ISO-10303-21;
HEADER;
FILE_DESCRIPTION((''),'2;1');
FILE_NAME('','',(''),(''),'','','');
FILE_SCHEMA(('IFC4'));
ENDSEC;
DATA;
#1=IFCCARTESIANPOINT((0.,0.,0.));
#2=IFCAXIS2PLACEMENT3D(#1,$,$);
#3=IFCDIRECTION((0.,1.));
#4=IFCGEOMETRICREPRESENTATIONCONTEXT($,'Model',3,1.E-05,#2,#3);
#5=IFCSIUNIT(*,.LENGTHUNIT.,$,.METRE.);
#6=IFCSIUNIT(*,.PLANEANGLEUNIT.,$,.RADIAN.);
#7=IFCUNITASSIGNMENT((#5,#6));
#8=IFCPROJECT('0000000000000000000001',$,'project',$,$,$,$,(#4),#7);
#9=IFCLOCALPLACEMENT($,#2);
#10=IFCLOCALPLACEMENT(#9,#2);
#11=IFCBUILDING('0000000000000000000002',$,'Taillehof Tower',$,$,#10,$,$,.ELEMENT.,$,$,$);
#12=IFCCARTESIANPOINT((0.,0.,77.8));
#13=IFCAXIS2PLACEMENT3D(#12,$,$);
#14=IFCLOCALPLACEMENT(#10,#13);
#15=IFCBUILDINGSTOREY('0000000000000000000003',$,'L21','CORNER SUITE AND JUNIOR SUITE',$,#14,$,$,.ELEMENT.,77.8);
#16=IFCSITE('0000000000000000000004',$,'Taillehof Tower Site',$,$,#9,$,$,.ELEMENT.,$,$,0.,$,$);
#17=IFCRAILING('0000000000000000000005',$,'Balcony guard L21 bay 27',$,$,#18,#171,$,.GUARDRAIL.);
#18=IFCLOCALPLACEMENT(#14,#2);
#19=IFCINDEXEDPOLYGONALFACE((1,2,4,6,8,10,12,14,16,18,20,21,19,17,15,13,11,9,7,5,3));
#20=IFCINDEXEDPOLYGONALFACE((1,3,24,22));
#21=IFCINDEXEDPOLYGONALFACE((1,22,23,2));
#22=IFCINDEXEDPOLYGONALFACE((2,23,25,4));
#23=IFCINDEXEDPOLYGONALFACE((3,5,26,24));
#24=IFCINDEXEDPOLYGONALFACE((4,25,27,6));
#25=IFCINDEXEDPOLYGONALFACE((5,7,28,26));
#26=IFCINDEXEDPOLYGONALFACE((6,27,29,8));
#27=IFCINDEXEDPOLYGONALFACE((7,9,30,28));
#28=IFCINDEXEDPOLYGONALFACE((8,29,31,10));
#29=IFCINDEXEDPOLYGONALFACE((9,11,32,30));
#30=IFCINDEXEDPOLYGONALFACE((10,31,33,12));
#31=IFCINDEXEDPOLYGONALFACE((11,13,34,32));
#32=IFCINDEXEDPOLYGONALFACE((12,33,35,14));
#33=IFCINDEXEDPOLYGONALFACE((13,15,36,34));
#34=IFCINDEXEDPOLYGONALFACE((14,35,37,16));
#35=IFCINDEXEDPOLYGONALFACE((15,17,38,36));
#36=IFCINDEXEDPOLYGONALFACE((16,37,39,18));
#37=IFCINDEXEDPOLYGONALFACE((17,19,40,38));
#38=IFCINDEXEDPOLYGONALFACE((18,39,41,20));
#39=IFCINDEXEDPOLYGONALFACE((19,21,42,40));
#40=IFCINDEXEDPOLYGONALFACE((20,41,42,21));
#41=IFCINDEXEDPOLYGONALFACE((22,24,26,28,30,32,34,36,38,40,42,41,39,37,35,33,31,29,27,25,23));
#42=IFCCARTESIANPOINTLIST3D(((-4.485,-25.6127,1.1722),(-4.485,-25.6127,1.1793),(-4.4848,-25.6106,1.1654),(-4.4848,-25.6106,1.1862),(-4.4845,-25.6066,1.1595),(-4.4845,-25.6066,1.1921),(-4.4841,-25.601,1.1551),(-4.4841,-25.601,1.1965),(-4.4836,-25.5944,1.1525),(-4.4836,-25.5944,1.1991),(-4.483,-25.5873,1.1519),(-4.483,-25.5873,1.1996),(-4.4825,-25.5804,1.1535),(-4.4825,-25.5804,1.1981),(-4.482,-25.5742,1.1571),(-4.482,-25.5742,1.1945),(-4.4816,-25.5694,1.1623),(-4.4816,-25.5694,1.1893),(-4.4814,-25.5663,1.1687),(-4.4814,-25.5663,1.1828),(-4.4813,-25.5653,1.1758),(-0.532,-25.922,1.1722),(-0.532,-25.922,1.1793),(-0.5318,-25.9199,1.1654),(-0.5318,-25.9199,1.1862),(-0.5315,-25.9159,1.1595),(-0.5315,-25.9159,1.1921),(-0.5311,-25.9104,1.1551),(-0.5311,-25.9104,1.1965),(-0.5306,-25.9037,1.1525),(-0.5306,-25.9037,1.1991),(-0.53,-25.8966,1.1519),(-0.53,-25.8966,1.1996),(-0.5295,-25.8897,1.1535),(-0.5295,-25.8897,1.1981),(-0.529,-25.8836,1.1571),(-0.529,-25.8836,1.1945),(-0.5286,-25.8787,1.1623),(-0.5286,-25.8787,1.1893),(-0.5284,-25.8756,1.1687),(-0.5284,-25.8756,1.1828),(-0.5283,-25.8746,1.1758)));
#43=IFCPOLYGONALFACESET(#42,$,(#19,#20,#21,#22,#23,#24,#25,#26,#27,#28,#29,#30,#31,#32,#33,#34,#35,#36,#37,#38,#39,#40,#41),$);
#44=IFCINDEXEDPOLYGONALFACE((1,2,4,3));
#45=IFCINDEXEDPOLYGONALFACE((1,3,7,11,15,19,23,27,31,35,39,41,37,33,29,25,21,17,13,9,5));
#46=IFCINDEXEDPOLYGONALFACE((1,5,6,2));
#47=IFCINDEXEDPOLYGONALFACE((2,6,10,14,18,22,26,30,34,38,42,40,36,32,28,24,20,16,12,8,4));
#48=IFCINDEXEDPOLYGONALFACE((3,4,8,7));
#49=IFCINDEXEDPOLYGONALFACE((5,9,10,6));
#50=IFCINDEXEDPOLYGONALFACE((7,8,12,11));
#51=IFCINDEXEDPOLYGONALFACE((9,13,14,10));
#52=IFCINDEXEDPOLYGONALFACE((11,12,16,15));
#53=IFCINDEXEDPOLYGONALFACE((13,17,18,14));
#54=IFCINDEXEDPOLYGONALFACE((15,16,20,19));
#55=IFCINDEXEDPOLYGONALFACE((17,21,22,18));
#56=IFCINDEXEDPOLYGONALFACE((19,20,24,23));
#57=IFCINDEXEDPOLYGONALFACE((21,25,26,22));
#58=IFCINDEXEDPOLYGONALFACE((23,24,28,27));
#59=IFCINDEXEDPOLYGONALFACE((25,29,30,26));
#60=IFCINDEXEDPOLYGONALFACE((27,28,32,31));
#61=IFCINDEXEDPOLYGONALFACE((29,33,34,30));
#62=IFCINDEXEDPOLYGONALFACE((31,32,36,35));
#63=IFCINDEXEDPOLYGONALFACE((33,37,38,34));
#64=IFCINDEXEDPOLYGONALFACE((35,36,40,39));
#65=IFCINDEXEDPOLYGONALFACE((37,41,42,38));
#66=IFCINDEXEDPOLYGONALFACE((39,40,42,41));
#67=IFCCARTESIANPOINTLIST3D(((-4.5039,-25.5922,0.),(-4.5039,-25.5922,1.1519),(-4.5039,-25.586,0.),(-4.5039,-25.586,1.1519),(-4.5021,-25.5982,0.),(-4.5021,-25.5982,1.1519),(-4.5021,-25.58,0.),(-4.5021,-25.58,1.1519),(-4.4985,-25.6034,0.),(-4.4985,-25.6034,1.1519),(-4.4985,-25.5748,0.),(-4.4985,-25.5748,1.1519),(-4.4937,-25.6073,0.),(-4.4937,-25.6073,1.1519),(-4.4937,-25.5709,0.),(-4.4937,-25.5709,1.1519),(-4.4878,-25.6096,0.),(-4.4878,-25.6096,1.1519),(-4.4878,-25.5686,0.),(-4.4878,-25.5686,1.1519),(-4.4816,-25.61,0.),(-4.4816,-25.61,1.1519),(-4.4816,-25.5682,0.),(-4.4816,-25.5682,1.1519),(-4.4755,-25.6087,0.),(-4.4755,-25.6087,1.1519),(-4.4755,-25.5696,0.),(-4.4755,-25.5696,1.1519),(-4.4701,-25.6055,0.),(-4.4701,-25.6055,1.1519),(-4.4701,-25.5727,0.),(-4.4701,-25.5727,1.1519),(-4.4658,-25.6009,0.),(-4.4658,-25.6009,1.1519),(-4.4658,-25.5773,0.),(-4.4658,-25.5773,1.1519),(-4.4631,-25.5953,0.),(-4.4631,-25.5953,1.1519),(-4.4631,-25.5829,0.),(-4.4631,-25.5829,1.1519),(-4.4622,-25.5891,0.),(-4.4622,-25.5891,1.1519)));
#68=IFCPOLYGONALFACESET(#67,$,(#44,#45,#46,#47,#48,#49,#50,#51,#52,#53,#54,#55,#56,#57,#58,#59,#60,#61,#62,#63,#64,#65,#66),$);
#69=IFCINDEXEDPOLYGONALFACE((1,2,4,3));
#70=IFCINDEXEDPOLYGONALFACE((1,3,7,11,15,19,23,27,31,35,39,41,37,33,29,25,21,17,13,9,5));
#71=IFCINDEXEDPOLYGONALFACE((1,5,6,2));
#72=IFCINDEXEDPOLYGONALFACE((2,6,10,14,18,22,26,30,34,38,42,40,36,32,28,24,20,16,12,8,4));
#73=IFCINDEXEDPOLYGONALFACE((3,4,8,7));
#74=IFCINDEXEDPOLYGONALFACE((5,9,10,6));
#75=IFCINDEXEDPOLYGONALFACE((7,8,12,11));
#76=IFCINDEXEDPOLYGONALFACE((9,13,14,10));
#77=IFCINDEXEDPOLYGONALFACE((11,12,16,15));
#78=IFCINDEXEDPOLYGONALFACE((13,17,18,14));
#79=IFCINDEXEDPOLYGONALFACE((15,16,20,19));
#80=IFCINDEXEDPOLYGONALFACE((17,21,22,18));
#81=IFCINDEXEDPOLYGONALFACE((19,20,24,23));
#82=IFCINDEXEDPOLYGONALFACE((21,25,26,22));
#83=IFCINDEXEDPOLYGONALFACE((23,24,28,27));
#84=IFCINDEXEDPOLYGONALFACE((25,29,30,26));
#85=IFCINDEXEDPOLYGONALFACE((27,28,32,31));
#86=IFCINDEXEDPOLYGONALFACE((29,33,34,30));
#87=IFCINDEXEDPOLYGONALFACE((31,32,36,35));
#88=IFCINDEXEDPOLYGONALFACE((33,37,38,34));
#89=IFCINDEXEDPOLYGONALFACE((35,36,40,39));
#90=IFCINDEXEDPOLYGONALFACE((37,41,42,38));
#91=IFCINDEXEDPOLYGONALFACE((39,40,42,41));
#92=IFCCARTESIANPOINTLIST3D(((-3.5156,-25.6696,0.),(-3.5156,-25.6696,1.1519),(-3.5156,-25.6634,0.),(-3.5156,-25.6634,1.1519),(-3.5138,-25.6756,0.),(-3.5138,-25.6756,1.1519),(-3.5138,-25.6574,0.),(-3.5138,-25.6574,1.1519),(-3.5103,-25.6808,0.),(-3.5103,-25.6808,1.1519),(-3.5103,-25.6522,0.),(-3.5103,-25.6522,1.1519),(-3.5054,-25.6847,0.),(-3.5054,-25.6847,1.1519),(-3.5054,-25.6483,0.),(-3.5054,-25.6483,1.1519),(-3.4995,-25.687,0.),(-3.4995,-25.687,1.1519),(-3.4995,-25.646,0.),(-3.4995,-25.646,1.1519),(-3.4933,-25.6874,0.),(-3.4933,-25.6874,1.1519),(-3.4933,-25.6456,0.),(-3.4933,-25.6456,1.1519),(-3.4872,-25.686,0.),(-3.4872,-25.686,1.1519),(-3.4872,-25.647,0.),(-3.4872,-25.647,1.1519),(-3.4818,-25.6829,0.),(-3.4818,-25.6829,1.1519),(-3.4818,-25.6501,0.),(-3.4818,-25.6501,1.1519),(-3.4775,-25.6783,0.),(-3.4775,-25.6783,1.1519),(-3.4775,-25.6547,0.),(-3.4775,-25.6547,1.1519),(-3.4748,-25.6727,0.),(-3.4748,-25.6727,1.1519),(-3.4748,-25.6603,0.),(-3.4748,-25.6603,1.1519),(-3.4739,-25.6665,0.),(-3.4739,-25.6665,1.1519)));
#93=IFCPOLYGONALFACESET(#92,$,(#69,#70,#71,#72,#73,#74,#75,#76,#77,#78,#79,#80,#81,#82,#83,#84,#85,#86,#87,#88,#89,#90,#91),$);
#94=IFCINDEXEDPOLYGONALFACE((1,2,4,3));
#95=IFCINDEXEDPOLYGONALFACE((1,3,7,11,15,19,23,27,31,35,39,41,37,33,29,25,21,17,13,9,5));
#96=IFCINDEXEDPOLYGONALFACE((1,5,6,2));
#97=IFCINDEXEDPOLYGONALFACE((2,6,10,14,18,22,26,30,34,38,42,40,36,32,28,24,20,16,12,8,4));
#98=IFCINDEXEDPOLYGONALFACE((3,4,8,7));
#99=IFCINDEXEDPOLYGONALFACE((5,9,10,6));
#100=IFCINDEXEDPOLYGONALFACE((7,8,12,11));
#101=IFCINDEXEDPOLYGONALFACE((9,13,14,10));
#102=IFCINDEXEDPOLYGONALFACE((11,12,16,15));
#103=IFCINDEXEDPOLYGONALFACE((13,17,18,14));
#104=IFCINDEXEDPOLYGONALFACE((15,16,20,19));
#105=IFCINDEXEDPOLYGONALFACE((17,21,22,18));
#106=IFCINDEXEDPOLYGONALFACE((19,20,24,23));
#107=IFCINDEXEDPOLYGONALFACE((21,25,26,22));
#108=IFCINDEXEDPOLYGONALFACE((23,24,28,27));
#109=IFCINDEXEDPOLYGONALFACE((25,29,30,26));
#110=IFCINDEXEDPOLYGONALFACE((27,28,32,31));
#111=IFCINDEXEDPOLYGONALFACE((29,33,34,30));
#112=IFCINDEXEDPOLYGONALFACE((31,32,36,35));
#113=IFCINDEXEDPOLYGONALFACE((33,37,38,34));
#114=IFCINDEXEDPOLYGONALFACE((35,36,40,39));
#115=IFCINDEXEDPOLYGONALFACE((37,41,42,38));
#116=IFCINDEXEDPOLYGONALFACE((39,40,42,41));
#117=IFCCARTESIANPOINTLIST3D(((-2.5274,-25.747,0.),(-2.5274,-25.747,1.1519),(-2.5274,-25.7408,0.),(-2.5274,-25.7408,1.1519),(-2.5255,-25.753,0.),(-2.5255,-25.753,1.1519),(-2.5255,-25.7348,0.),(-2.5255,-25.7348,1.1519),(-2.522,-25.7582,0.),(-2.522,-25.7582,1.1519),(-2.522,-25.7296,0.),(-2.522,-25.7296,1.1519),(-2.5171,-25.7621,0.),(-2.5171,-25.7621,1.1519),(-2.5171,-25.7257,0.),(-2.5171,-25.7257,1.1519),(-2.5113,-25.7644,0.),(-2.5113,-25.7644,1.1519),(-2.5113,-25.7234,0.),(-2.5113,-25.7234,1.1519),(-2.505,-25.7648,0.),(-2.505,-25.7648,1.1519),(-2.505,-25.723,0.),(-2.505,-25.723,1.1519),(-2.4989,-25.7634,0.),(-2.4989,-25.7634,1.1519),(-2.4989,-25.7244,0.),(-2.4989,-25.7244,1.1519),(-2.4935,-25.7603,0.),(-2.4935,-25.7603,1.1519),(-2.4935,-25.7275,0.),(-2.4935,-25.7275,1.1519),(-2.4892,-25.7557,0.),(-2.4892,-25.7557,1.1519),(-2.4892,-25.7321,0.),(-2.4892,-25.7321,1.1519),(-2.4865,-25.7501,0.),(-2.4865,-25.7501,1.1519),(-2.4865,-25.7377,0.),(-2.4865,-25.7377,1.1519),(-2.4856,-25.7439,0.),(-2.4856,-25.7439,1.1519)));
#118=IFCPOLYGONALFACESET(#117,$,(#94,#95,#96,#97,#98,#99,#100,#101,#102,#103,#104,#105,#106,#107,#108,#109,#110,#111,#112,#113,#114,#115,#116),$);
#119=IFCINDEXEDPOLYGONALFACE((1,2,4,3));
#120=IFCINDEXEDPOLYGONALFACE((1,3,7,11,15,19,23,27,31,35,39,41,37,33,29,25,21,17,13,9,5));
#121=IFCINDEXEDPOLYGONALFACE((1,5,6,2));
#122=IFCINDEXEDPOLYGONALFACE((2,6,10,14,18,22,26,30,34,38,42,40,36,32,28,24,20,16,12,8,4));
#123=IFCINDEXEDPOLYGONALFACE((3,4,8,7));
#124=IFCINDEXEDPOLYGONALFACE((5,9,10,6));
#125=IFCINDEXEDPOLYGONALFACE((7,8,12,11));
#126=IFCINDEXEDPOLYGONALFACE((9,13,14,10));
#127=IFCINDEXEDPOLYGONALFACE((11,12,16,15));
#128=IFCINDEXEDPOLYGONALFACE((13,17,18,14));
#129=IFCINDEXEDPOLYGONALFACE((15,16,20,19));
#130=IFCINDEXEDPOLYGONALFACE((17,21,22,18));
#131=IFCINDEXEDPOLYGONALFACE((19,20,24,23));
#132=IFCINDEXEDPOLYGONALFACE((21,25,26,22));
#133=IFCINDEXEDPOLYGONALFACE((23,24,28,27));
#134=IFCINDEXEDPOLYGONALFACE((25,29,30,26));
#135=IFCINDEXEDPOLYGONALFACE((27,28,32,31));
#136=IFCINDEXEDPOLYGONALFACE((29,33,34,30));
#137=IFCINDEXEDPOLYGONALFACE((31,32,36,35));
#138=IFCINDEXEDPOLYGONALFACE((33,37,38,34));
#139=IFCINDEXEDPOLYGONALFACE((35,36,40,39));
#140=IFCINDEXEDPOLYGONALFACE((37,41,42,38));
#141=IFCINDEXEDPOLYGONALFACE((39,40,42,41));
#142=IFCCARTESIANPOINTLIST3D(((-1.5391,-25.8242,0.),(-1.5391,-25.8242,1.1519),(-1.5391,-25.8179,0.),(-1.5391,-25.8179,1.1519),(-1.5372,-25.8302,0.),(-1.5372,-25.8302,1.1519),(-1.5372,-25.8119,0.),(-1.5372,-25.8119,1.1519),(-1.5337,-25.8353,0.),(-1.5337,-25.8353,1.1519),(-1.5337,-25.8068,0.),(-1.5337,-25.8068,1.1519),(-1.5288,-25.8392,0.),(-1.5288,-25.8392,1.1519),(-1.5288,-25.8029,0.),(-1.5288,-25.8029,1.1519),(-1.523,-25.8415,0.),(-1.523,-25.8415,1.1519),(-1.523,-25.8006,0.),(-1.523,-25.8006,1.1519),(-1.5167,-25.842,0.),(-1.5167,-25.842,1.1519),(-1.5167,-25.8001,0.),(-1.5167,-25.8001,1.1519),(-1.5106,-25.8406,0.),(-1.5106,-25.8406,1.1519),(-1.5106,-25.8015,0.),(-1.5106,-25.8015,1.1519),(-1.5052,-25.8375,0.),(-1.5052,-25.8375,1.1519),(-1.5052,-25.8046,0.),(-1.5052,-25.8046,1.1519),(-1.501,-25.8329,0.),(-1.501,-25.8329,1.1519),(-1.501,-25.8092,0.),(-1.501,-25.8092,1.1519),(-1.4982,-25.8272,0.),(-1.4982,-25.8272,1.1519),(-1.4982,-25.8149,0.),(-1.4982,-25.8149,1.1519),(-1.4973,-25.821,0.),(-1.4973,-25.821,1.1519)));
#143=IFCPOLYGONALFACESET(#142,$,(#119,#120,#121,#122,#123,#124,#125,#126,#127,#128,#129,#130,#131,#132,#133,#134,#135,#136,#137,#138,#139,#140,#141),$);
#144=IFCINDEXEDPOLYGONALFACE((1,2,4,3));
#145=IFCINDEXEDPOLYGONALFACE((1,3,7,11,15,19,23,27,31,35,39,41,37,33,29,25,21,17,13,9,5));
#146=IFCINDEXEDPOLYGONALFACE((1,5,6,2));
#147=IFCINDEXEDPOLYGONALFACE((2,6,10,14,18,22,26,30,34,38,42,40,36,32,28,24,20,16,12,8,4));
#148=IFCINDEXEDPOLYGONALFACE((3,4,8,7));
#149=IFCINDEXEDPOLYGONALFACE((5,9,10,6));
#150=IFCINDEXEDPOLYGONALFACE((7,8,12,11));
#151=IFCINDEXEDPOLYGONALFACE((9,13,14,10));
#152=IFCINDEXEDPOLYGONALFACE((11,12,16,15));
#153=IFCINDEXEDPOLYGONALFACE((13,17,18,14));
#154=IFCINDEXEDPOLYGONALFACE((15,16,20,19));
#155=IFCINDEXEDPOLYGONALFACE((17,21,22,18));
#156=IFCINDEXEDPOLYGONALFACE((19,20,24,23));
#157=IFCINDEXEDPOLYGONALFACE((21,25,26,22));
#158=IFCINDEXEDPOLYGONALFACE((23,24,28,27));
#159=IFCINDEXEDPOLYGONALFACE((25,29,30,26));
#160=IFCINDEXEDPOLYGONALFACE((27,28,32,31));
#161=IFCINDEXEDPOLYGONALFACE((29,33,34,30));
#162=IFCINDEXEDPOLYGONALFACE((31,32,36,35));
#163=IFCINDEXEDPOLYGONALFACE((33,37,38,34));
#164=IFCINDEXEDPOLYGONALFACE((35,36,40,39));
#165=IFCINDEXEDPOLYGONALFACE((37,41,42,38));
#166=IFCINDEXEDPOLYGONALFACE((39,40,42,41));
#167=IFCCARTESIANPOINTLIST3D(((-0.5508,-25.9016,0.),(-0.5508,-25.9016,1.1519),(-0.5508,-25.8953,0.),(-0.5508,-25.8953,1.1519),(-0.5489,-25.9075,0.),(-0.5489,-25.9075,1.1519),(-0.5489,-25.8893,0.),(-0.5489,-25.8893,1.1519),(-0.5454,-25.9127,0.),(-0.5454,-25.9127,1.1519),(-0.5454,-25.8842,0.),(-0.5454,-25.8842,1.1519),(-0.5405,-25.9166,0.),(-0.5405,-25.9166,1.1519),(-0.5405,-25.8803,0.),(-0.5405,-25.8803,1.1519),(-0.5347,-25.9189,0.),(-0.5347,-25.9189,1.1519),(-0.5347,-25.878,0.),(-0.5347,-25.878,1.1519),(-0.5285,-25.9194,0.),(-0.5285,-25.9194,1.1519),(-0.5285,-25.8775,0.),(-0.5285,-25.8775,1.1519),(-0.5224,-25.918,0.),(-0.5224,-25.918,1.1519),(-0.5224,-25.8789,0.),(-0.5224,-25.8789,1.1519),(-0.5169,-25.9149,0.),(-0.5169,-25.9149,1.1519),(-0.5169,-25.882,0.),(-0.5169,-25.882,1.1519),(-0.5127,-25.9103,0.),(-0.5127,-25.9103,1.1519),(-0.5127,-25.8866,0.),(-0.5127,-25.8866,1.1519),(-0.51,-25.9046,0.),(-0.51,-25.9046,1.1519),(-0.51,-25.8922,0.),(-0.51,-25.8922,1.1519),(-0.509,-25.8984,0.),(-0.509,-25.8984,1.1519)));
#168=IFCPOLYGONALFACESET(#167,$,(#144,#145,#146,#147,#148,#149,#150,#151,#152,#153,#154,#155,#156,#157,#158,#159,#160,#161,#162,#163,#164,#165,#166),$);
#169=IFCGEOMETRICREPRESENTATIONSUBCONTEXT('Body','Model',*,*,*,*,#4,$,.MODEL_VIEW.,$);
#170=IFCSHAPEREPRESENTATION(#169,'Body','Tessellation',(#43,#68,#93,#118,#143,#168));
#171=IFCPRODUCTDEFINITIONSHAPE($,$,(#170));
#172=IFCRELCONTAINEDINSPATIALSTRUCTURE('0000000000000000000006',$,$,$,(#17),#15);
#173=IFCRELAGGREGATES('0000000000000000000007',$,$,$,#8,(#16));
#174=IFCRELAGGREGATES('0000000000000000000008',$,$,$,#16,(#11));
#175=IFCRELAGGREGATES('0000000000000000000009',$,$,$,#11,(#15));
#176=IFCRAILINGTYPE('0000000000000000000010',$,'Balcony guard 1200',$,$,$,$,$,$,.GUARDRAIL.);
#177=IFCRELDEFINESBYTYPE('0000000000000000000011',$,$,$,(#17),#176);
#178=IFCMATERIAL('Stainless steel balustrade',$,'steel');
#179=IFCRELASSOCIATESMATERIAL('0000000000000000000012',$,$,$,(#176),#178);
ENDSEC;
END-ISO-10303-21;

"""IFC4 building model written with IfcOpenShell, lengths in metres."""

from ifc_helpers import new_model, si_unit, direction, frame, origin, origin_2d, place, context, subcontext, project, spatial, circle, extrude, material, type_object, element, save


model = new_model("IFC4")

# Units and contexts
model_context = context("Model", 3, precision=1e-05, world=origin(), true_north=direction((0.0, 1.0)))
body_context = subcontext(model_context, "Body", "Model", "MODEL_VIEW")
ifc_project = project(units=[si_unit("LENGTHUNIT", "METRE"), si_unit("PLANEANGLEUNIT", "RADIAN")], contexts=[model_context])

# Site, building, storey
site_placement = place(None, origin())
site = spatial("IfcSite", under=ifc_project, at=site_placement, Name="Taillehof Tower Site", CompositionType="ELEMENT", RefElevation=0.0)
building_placement = place(site_placement, origin())
building = spatial("IfcBuilding", under=site, at=building_placement, Name="Taillehof Tower", CompositionType="ELEMENT")
storey_placement = place(building_placement, frame((0.0, 0.0, 77.8)))
storey = spatial("IfcBuildingStorey", under=building, at=storey_placement, Name="L21", Description="CORNER SUITE AND JUNIOR SUITE", CompositionType="ELEMENT", Elevation=77.8)

# Railing
ifc_material_1 = material(Name="Stainless steel balustrade", Category="steel")
railing_type = type_object("IfcRailingType", Name="Balcony guard 1200", PredefinedType="GUARDRAIL", material=ifc_material_1)
railing_placement = place(storey_placement, frame((-4.4832, -25.5891, 0.0)))
element("IfcRailing", 1, at=railing_placement, inside=storey, type_object=railing_type, Name="Balcony guard L21 bay 27", PredefinedType="GUARDRAIL", context=body_context, shape_type="SweptSolid", body=[
    extrude(circle(Radius=0.0239, at=origin_2d()), frame((0.0, 0.0, 1.1758), z_axis=(0.996953, -0.07801, 0.0), x_axis=(0.07801, 0.996953, 0.0)), (0.0, 0.0, 1.0), 3.9651),
    extrude(circle(Radius=0.021, at=origin_2d()), origin(), (0.0, 0.0, 1.0), 1.1519),
    extrude(circle(Radius=0.021, at=origin_2d()), frame((0.9883, -0.0774, 0.0)), (0.0, 0.0, 1.0), 1.1519),
    extrude(circle(Radius=0.021, at=origin_2d()), frame((1.9766, -0.1548, 0.0)), (0.0, 0.0, 1.0), 1.1519),
    extrude(circle(Radius=0.021, at=origin_2d()), frame((2.9648, -0.2319, 0.0)), (0.0, 0.0, 1.0), 1.1519),
    extrude(circle(Radius=0.021, at=origin_2d()), frame((3.9531, -0.3093, 0.0)), (0.0, 0.0, 1.0), 1.1519),
])

save(model, "model.ifc")
